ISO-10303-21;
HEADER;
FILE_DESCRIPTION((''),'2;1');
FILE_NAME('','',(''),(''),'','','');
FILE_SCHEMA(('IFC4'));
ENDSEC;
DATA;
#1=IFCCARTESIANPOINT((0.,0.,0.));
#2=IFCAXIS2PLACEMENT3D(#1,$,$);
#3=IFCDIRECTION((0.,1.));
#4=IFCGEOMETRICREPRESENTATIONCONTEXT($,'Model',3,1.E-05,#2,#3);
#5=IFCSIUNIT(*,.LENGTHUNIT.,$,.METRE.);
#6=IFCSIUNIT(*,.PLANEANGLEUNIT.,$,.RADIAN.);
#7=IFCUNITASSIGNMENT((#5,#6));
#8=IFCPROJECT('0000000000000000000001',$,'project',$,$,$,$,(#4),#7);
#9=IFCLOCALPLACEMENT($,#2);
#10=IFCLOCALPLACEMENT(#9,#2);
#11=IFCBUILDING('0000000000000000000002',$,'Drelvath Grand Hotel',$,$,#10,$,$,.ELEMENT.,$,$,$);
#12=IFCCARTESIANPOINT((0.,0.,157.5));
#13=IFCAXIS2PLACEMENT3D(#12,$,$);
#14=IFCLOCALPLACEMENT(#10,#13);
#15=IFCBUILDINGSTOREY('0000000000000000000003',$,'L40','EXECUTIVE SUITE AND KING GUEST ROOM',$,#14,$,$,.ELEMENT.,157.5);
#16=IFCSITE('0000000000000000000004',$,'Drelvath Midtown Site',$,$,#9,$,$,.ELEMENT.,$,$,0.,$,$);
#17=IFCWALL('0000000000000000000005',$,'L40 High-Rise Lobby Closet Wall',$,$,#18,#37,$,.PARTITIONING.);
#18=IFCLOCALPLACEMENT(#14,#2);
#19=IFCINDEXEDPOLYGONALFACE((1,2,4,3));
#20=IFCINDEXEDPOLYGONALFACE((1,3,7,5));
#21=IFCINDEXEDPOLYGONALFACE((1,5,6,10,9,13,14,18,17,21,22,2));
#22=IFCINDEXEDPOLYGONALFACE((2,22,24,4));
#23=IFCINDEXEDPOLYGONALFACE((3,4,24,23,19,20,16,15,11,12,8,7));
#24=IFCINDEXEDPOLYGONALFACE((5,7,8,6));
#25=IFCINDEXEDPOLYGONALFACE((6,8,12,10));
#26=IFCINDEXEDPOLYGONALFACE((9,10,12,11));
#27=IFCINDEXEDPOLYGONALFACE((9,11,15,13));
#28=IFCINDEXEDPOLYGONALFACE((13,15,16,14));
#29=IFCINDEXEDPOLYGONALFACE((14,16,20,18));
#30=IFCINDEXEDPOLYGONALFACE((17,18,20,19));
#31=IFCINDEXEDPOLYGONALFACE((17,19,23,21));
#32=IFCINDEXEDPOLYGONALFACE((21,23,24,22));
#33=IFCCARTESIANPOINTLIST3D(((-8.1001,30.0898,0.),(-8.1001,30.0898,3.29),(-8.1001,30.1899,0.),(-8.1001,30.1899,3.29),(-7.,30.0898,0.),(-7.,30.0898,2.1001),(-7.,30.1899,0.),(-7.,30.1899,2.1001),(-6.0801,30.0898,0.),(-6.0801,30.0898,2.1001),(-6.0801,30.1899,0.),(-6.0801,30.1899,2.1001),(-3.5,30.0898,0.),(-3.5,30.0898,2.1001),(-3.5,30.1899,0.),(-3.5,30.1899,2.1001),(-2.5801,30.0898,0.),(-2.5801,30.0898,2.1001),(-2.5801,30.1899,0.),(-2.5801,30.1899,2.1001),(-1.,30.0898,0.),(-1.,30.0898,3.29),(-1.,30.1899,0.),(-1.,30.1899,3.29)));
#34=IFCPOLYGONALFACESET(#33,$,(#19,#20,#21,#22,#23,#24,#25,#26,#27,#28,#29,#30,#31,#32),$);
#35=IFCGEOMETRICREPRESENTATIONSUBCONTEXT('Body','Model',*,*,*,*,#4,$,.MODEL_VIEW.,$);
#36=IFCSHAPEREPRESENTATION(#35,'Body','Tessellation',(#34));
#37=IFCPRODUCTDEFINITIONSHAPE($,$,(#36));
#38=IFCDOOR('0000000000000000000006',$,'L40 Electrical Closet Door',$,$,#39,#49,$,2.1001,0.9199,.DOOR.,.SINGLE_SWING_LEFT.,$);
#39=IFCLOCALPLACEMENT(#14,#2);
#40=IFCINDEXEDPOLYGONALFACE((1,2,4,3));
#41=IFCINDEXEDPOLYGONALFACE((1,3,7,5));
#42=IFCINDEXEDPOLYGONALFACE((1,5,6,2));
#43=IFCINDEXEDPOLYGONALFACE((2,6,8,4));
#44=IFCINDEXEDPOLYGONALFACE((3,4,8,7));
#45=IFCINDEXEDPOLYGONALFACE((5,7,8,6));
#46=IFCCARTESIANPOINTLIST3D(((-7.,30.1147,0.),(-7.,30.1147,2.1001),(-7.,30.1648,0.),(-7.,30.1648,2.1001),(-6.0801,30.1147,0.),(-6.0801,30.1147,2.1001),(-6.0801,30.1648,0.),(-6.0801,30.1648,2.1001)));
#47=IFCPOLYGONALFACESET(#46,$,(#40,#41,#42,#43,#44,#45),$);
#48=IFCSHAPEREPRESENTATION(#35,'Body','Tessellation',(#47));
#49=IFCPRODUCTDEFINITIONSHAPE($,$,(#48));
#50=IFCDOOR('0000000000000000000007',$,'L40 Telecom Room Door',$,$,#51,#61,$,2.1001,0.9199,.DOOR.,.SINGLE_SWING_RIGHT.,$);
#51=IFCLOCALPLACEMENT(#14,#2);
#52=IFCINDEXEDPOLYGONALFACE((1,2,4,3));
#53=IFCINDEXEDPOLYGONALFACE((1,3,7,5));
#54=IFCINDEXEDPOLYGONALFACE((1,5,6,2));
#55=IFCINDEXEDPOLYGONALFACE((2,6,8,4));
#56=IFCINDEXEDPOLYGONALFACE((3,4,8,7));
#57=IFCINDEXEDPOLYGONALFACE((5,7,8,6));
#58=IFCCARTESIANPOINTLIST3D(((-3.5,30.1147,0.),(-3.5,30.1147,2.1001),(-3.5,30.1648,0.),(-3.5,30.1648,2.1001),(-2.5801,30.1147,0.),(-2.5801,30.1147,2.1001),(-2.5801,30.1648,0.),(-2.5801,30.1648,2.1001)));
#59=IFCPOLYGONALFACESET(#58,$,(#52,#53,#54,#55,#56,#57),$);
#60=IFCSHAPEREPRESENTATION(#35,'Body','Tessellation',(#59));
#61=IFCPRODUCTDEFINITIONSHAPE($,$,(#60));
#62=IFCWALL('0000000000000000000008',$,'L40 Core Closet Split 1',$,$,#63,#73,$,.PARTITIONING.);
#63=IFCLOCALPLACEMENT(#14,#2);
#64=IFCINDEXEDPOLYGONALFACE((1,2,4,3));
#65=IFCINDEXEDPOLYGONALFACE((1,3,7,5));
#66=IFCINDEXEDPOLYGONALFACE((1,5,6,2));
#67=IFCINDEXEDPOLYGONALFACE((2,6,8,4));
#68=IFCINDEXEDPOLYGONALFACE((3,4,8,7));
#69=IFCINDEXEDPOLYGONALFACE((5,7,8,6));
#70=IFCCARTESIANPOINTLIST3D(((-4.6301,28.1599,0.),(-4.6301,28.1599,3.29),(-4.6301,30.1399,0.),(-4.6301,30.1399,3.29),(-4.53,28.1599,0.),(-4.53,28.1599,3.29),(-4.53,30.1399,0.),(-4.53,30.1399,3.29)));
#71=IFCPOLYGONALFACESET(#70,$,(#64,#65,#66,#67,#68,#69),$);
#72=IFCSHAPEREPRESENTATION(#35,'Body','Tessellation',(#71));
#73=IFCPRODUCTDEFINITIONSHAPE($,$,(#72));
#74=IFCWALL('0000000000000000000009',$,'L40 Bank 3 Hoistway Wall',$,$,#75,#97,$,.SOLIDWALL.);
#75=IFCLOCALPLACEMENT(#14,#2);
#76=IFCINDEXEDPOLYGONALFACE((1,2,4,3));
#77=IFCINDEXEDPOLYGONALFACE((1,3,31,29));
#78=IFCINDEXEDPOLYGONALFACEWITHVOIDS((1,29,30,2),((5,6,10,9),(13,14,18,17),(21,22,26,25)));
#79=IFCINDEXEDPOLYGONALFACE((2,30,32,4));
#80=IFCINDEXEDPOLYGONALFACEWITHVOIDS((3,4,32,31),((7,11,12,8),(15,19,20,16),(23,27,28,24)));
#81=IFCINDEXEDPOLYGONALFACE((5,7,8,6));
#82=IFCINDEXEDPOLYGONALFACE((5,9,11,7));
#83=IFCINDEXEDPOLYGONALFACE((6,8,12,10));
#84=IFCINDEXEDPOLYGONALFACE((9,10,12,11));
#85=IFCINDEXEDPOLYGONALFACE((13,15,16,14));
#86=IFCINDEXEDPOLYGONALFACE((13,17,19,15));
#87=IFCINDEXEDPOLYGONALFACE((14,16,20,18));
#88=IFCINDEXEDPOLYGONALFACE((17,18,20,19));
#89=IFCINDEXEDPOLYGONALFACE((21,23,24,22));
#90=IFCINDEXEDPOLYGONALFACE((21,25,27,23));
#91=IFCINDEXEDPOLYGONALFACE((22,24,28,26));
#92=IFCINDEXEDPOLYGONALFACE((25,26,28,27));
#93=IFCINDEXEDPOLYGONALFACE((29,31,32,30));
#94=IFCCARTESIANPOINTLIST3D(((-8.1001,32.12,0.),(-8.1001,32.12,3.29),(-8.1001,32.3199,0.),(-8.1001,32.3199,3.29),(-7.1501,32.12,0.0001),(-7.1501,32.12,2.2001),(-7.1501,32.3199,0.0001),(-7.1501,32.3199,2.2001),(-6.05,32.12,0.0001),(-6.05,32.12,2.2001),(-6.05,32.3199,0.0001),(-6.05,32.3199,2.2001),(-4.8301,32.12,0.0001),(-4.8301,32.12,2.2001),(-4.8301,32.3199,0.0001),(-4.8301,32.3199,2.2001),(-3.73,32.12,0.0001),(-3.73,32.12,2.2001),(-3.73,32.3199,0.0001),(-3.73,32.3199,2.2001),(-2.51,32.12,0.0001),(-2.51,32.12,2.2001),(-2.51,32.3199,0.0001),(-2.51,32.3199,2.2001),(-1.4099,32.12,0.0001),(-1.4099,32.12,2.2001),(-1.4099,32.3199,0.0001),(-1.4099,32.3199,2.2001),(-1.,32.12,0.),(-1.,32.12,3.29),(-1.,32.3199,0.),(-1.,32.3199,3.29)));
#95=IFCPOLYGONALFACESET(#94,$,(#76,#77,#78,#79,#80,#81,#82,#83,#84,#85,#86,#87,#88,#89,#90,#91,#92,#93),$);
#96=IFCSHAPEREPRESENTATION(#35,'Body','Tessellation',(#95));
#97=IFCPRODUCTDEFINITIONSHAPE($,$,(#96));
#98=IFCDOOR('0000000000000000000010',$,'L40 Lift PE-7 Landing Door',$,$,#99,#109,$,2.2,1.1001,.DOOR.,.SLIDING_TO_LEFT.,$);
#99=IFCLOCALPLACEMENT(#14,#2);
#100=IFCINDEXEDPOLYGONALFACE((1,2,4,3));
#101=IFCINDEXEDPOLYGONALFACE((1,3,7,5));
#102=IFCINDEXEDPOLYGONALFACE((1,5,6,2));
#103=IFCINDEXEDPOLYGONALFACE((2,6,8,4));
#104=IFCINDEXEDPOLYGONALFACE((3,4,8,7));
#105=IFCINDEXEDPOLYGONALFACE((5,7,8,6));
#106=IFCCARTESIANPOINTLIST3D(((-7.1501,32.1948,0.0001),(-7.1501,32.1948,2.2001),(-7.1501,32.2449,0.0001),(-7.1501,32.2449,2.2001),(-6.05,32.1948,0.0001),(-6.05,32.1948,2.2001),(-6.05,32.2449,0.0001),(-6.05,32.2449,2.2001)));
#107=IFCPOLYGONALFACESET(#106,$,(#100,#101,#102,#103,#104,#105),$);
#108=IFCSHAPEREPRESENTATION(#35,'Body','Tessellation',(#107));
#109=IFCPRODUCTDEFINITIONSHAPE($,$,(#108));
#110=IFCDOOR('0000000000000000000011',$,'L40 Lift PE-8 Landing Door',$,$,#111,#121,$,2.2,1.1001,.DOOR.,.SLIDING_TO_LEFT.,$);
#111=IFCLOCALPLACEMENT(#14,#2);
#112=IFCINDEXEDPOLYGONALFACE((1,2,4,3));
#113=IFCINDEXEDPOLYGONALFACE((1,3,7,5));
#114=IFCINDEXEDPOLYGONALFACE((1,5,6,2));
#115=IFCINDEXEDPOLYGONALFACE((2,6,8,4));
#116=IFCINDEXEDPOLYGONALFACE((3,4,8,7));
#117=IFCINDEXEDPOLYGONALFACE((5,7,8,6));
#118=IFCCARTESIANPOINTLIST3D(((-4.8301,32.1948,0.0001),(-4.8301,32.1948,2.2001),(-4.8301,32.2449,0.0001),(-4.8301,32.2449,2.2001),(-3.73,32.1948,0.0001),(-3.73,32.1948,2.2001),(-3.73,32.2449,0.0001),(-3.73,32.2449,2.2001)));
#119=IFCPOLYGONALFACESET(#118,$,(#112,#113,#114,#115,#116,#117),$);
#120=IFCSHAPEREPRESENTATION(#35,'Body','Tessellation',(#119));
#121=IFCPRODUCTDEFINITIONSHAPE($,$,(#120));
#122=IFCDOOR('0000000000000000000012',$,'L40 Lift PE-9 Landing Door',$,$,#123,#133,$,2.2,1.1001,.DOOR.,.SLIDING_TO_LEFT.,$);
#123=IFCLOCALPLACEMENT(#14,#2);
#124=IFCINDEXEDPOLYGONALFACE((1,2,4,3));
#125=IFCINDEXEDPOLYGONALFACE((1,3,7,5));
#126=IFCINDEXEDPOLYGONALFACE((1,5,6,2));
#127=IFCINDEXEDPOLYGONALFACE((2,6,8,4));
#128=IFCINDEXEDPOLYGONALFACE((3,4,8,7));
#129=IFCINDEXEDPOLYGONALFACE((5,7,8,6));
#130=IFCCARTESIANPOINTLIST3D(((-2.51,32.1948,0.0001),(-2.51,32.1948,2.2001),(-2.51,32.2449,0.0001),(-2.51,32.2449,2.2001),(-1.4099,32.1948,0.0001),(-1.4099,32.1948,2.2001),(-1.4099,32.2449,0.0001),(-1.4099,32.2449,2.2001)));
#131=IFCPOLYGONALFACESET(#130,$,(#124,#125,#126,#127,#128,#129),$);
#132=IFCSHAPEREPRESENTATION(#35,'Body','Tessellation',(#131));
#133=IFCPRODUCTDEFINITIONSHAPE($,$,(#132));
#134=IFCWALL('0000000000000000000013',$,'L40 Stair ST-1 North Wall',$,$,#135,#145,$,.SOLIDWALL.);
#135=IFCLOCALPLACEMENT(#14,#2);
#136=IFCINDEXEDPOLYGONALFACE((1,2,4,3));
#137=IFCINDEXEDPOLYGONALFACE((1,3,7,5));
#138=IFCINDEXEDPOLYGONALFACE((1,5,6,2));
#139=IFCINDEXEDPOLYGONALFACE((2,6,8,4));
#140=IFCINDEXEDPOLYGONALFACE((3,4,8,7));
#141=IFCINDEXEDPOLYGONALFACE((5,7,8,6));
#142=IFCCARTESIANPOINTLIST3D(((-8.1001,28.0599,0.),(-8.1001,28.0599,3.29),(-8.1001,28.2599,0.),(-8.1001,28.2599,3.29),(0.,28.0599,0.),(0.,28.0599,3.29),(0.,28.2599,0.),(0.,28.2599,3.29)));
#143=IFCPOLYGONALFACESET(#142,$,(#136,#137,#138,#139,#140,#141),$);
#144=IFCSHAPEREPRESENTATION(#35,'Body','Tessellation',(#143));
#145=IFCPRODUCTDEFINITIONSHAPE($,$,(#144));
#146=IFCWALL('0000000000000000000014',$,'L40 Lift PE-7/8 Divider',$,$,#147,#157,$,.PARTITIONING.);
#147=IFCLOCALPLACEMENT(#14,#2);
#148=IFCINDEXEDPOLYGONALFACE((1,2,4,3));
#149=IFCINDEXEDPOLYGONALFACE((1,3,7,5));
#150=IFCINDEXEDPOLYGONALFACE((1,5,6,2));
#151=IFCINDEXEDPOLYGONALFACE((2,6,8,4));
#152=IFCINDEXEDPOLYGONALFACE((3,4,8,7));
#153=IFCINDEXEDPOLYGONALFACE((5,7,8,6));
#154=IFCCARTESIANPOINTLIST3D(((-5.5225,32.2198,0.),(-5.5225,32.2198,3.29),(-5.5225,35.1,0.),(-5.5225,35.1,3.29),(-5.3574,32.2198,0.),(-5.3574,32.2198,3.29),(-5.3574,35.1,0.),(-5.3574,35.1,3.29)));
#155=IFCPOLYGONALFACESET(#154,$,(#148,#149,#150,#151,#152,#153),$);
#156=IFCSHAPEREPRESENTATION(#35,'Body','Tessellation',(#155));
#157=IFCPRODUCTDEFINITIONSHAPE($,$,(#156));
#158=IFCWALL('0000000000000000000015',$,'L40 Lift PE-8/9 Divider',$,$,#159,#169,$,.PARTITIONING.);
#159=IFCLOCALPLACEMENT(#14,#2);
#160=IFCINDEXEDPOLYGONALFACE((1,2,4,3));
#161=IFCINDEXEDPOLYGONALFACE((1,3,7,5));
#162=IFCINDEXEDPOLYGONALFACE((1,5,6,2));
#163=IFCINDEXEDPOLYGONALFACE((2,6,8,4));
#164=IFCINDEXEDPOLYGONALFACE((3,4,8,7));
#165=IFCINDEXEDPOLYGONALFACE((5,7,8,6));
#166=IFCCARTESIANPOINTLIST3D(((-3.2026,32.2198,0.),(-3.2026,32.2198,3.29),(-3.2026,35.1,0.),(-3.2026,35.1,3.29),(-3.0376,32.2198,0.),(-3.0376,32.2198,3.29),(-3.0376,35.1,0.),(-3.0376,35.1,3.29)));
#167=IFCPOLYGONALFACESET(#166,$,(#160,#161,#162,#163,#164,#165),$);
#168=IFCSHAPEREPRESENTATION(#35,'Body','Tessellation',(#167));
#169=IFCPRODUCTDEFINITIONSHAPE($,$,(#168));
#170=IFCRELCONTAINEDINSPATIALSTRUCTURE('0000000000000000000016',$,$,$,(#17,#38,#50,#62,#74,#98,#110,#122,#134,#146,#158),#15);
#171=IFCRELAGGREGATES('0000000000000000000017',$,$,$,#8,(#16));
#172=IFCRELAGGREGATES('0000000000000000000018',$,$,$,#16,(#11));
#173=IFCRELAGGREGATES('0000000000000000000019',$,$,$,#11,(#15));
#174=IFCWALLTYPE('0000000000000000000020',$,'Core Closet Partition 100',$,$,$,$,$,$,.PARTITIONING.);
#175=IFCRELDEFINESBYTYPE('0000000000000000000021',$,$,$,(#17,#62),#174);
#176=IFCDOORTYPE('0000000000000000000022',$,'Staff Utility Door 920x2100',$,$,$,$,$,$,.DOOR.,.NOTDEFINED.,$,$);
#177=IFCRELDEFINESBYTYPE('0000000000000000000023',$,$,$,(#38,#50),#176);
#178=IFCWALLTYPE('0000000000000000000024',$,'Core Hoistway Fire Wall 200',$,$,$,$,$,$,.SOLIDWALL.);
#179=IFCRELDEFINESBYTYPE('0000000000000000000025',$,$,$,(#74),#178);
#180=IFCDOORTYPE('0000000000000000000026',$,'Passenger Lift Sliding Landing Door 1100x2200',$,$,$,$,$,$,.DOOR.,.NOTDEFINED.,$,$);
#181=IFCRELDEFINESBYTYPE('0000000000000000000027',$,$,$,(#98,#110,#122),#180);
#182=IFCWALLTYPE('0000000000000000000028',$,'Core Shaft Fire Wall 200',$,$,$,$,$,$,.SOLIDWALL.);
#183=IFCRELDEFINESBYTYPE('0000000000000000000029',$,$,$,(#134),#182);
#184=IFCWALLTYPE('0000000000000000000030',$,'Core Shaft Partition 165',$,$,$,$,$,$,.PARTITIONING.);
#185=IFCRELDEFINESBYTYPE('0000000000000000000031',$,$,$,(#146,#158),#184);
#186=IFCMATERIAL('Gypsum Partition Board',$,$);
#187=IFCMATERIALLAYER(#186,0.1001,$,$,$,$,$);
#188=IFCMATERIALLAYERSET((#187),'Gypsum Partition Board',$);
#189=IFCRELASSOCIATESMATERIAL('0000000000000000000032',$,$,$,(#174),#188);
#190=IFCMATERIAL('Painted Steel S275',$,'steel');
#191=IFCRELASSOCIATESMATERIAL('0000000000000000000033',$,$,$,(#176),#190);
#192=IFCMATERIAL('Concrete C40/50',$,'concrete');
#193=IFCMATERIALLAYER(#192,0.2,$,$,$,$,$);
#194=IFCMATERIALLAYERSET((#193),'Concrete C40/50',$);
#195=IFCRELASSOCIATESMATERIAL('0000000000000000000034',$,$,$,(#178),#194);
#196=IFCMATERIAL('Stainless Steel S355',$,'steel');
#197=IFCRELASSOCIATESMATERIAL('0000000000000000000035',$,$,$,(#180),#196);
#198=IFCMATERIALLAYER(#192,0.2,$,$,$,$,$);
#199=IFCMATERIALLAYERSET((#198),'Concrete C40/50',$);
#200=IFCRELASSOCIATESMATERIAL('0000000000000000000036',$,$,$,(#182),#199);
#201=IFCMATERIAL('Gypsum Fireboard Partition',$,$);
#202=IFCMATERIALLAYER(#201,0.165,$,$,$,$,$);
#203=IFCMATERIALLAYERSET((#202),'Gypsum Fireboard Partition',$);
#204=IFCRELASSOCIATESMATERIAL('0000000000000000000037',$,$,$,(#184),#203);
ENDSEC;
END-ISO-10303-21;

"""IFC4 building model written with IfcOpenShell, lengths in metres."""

from ifc_helpers import new_model, si_unit, direction, frame, frame_2d, origin, place, context, subcontext, project, spatial, rectangle, extrude, material, layer, layer_set, type_object, element, fill, save


model = new_model("IFC4")

# Units and contexts
model_context = context("Model", 3, precision=1e-05, world=origin(), true_north=direction((0.0, 1.0)))
body_context = subcontext(model_context, "Body", "Model", "MODEL_VIEW")
ifc_project = project(units=[si_unit("LENGTHUNIT", "METRE"), si_unit("PLANEANGLEUNIT", "RADIAN")], contexts=[model_context])

# Site, building, storey
site_placement = place(None, origin())
site = spatial("IfcSite", under=ifc_project, at=site_placement, Name="Drelvath Midtown Site", CompositionType="ELEMENT", RefElevation=0.0)
building_placement = place(site_placement, origin())
building = spatial("IfcBuilding", under=site, at=building_placement, Name="Drelvath Grand Hotel", CompositionType="ELEMENT")
storey_placement = place(building_placement, frame((0.0, 0.0, 157.5)))
storey = spatial("IfcBuildingStorey", under=building, at=storey_placement, Name="L40", Description="EXECUTIVE SUITE AND KING GUEST ROOM", CompositionType="ELEMENT", Elevation=157.5)

# Wall, openings, doors
ifc_material_1 = material(Name="Gypsum Partition Board")
ifc_layer_1 = layer(ifc_material_1, 0.1001)
ifc_layer_set_1 = layer_set([ifc_layer_1], Name="Gypsum Partition Board")
wall_type_1 = type_object("IfcWallType", Name="Core Closet Partition 100", PredefinedType="PARTITIONING", material=ifc_layer_set_1)
wall_1_placement = place(storey_placement, frame((-8.1001, 30.1399, 0.0), z_axis=(0.0, 0.0, 1.0), x_axis=(1.0, 0.0, 0.0)))
wall_1 = element("IfcWall", 1, at=wall_1_placement, inside=storey, type_object=wall_type_1, Name="L40 High-Rise Lobby Closet Wall", PredefinedType="PARTITIONING", context=body_context, shape_type="SweptSolid", body=[
    extrude(rectangle(XDim=7.1001, YDim=0.1001, at=frame_2d((3.55, 0.0))), origin(), (0.0, 0.0, 1.0), 3.29),
])
opening_1_placement = place(wall_1_placement, frame((1.1001, 0.0, 0.0)))
opening_1 = element("IfcOpeningElement", 2, at=opening_1_placement, cuts=wall_1, PredefinedType="OPENING", context=body_context, shape_type="SweptSolid", body=[
    extrude(rectangle(XDim=0.9199, YDim=2.1001, at=frame_2d((0.46, 1.05))), frame((0.0, 0.0601, 0.0), z_axis=(0.0, -1.0, 0.0), x_axis=(1.0, 0.0, 0.0)), (0.0, 0.0, 1.0), 0.1201),
])
opening_2_placement = place(wall_1_placement, frame((4.6001, 0.0, 0.0)))
opening_2 = element("IfcOpeningElement", 3, at=opening_2_placement, cuts=wall_1, PredefinedType="OPENING", context=body_context, shape_type="SweptSolid", body=[
    extrude(rectangle(XDim=0.9199, YDim=2.1001, at=frame_2d((0.46, 1.05))), frame((0.0, 0.0601, 0.0), z_axis=(0.0, -1.0, 0.0), x_axis=(1.0, 0.0, 0.0)), (0.0, 0.0, 1.0), 0.1201),
])
ifc_material_2 = material(Name="Painted Steel S275", Category="steel")
door_type_1 = type_object("IfcDoorType", Name="Staff Utility Door 920x2100", OperationType="NOTDEFINED", PredefinedType="DOOR", material=ifc_material_2)
door_1_placement = place(opening_1_placement, origin())
door_1 = element("IfcDoor", 4, at=door_1_placement, inside=storey, type_object=door_type_1, Name="L40 Electrical Closet Door", OperationType="SINGLE_SWING_LEFT", OverallHeight=2.1001, OverallWidth=0.9199, PredefinedType="DOOR", context=body_context, shape_type="SweptSolid", body=[
    extrude(rectangle(XDim=0.9199, YDim=2.1001, at=frame_2d((0.46, 1.05))), frame((0.0, 0.0249, 0.0), z_axis=(0.0, -1.0, 0.0), x_axis=(1.0, 0.0, 0.0)), (0.0, 0.0, 1.0), 0.05),
])
fill(opening_1, door_1)
door_2_placement = place(opening_2_placement, origin())
door_2 = element("IfcDoor", 5, at=door_2_placement, inside=storey, type_object=door_type_1, Name="L40 Telecom Room Door", OperationType="SINGLE_SWING_RIGHT", OverallHeight=2.1001, OverallWidth=0.9199, PredefinedType="DOOR", context=body_context, shape_type="SweptSolid", body=[
    extrude(rectangle(XDim=0.9199, YDim=2.1001, at=frame_2d((0.46, 1.05))), frame((0.0, 0.0249, 0.0), z_axis=(0.0, -1.0, 0.0), x_axis=(1.0, 0.0, 0.0)), (0.0, 0.0, 1.0), 0.05),
])
fill(opening_2, door_2)

# Wall
wall_2_placement = place(storey_placement, frame((-4.5801, 28.1599, 0.0), z_axis=(0.0, 0.0, 1.0), x_axis=(0.0, 1.0, 0.0)))
element("IfcWall", 6, at=wall_2_placement, inside=storey, type_object=wall_type_1, Name="L40 Core Closet Split 1", PredefinedType="PARTITIONING", context=body_context, shape_type="SweptSolid", body=[
    extrude(rectangle(XDim=1.98, YDim=0.1001, at=frame_2d((0.99, 0.0))), origin(), (0.0, 0.0, 1.0), 3.29),
])

# Wall, openings, doors
ifc_material_3 = material(Name="Concrete C40/50", Category="concrete")
ifc_layer_2 = layer(ifc_material_3, 0.2)
ifc_layer_set_2 = layer_set([ifc_layer_2], Name="Concrete C40/50")
wall_type_2 = type_object("IfcWallType", Name="Core Hoistway Fire Wall 200", PredefinedType="SOLIDWALL", material=ifc_layer_set_2)
wall_3_placement = place(storey_placement, frame((-8.1001, 32.22, 0.0), z_axis=(0.0, 0.0, 1.0), x_axis=(1.0, 0.0, 0.0)))
wall_3 = element("IfcWall", 7, at=wall_3_placement, inside=storey, type_object=wall_type_2, Name="L40 Bank 3 Hoistway Wall", PredefinedType="SOLIDWALL", context=body_context, shape_type="SweptSolid", body=[
    extrude(rectangle(XDim=7.1001, YDim=0.2, at=frame_2d((3.55, 0.0))), origin(), (0.0, 0.0, 1.0), 3.29),
])
opening_3_placement = place(wall_3_placement, frame((0.95, 0.0, 0.0)))
opening_3 = element("IfcOpeningElement", 8, at=opening_3_placement, cuts=wall_3, PredefinedType="OPENING", context=body_context, shape_type="SweptSolid", body=[
    extrude(rectangle(XDim=1.1001, YDim=2.2, at=frame_2d((0.55, 1.1001))), frame((0.0, 0.1099, 0.0), z_axis=(0.0, -1.0, 0.0), x_axis=(1.0, 0.0, 0.0)), (0.0, 0.0, 1.0), 0.22),
])
opening_4_placement = place(wall_3_placement, frame((3.27, 0.0, 0.0)))
opening_4 = element("IfcOpeningElement", 9, at=opening_4_placement, cuts=wall_3, PredefinedType="OPENING", context=body_context, shape_type="SweptSolid", body=[
    extrude(rectangle(XDim=1.1001, YDim=2.2, at=frame_2d((0.55, 1.1001))), frame((0.0, 0.1099, 0.0), z_axis=(0.0, -1.0, 0.0), x_axis=(1.0, 0.0, 0.0)), (0.0, 0.0, 1.0), 0.22),
])
opening_5_placement = place(wall_3_placement, frame((5.5901, 0.0, 0.0)))
opening_5 = element("IfcOpeningElement", 10, at=opening_5_placement, cuts=wall_3, PredefinedType="OPENING", context=body_context, shape_type="SweptSolid", body=[
    extrude(rectangle(XDim=1.1001, YDim=2.2, at=frame_2d((0.55, 1.1001))), frame((0.0, 0.1099, 0.0), z_axis=(0.0, -1.0, 0.0), x_axis=(1.0, 0.0, 0.0)), (0.0, 0.0, 1.0), 0.22),
])
ifc_material_4 = material(Name="Stainless Steel S355", Category="steel")
door_type_2 = type_object("IfcDoorType", Name="Passenger Lift Sliding Landing Door 1100x2200", OperationType="NOTDEFINED", PredefinedType="DOOR", material=ifc_material_4)
door_3_placement = place(opening_3_placement, origin())
door_3 = element("IfcDoor", 11, at=door_3_placement, inside=storey, type_object=door_type_2, Name="L40 Lift PE-7 Landing Door", OperationType="SLIDING_TO_LEFT", OverallHeight=2.2, OverallWidth=1.1001, PredefinedType="DOOR", context=body_context, shape_type="SweptSolid", body=[
    extrude(rectangle(XDim=1.1001, YDim=2.2, at=frame_2d((0.55, 1.1001))), frame((0.0, 0.0249, 0.0), z_axis=(0.0, -1.0, 0.0), x_axis=(1.0, 0.0, 0.0)), (0.0, 0.0, 1.0), 0.05),
])
fill(opening_3, door_3)
door_4_placement = place(opening_4_placement, origin())
door_4 = element("IfcDoor", 12, at=door_4_placement, inside=storey, type_object=door_type_2, Name="L40 Lift PE-8 Landing Door", OperationType="SLIDING_TO_LEFT", OverallHeight=2.2, OverallWidth=1.1001, PredefinedType="DOOR", context=body_context, shape_type="SweptSolid", body=[
    extrude(rectangle(XDim=1.1001, YDim=2.2, at=frame_2d((0.55, 1.1001))), frame((0.0, 0.0249, 0.0), z_axis=(0.0, -1.0, 0.0), x_axis=(1.0, 0.0, 0.0)), (0.0, 0.0, 1.0), 0.05),
])
fill(opening_4, door_4)
door_5_placement = place(opening_5_placement, origin())
door_5 = element("IfcDoor", 13, at=door_5_placement, inside=storey, type_object=door_type_2, Name="L40 Lift PE-9 Landing Door", OperationType="SLIDING_TO_LEFT", OverallHeight=2.2, OverallWidth=1.1001, PredefinedType="DOOR", context=body_context, shape_type="SweptSolid", body=[
    extrude(rectangle(XDim=1.1001, YDim=2.2, at=frame_2d((0.55, 1.1001))), frame((0.0, 0.0249, 0.0), z_axis=(0.0, -1.0, 0.0), x_axis=(1.0, 0.0, 0.0)), (0.0, 0.0, 1.0), 0.05),
])
fill(opening_5, door_5)

# Walls
ifc_layer_3 = layer(ifc_material_3, 0.2)
ifc_layer_set_3 = layer_set([ifc_layer_3], Name="Concrete C40/50")
wall_type_3 = type_object("IfcWallType", Name="Core Shaft Fire Wall 200", PredefinedType="SOLIDWALL", material=ifc_layer_set_3)
wall_4_placement = place(storey_placement, frame((-8.1001, 28.1599, 0.0), z_axis=(0.0, 0.0, 1.0), x_axis=(1.0, 0.0, 0.0)))
element("IfcWall", 14, at=wall_4_placement, inside=storey, type_object=wall_type_3, Name="L40 Stair ST-1 North Wall", PredefinedType="SOLIDWALL", context=body_context, shape_type="SweptSolid", body=[
    extrude(rectangle(XDim=8.1001, YDim=0.2, at=frame_2d((4.05, 0.0))), origin(), (0.0, 0.0, 1.0), 3.29),
])
ifc_material_5 = material(Name="Gypsum Fireboard Partition")
ifc_layer_4 = layer(ifc_material_5, 0.165)
ifc_layer_set_4 = layer_set([ifc_layer_4], Name="Gypsum Fireboard Partition")
wall_type_4 = type_object("IfcWallType", Name="Core Shaft Partition 165", PredefinedType="PARTITIONING", material=ifc_layer_set_4)
for number, where, z_axis, x_axis, name in (
    (15, (-5.4399, 32.22, 0.0), (0.0, 0.0, 1.0), (0.0, 1.0, 0.0), "L40 Lift PE-7/8 Divider"),
    (16, (-3.1201, 32.22, 0.0), (0.0, 0.0, 1.0), (0.0, 1.0, 0.0), "L40 Lift PE-8/9 Divider"),
):
    element("IfcWall", number, at=place(storey_placement, frame(where, z_axis=z_axis, x_axis=x_axis)), inside=storey, type_object=wall_type_4, Name=name, PredefinedType="PARTITIONING", context=body_context, shape_type="SweptSolid", body=[
        extrude(rectangle(XDim=2.8801, YDim=0.165, at=frame_2d((1.4399, 0.0))), origin(), (0.0, 0.0, 1.0), 3.29),
    ])

save(model, "model.ifc")
